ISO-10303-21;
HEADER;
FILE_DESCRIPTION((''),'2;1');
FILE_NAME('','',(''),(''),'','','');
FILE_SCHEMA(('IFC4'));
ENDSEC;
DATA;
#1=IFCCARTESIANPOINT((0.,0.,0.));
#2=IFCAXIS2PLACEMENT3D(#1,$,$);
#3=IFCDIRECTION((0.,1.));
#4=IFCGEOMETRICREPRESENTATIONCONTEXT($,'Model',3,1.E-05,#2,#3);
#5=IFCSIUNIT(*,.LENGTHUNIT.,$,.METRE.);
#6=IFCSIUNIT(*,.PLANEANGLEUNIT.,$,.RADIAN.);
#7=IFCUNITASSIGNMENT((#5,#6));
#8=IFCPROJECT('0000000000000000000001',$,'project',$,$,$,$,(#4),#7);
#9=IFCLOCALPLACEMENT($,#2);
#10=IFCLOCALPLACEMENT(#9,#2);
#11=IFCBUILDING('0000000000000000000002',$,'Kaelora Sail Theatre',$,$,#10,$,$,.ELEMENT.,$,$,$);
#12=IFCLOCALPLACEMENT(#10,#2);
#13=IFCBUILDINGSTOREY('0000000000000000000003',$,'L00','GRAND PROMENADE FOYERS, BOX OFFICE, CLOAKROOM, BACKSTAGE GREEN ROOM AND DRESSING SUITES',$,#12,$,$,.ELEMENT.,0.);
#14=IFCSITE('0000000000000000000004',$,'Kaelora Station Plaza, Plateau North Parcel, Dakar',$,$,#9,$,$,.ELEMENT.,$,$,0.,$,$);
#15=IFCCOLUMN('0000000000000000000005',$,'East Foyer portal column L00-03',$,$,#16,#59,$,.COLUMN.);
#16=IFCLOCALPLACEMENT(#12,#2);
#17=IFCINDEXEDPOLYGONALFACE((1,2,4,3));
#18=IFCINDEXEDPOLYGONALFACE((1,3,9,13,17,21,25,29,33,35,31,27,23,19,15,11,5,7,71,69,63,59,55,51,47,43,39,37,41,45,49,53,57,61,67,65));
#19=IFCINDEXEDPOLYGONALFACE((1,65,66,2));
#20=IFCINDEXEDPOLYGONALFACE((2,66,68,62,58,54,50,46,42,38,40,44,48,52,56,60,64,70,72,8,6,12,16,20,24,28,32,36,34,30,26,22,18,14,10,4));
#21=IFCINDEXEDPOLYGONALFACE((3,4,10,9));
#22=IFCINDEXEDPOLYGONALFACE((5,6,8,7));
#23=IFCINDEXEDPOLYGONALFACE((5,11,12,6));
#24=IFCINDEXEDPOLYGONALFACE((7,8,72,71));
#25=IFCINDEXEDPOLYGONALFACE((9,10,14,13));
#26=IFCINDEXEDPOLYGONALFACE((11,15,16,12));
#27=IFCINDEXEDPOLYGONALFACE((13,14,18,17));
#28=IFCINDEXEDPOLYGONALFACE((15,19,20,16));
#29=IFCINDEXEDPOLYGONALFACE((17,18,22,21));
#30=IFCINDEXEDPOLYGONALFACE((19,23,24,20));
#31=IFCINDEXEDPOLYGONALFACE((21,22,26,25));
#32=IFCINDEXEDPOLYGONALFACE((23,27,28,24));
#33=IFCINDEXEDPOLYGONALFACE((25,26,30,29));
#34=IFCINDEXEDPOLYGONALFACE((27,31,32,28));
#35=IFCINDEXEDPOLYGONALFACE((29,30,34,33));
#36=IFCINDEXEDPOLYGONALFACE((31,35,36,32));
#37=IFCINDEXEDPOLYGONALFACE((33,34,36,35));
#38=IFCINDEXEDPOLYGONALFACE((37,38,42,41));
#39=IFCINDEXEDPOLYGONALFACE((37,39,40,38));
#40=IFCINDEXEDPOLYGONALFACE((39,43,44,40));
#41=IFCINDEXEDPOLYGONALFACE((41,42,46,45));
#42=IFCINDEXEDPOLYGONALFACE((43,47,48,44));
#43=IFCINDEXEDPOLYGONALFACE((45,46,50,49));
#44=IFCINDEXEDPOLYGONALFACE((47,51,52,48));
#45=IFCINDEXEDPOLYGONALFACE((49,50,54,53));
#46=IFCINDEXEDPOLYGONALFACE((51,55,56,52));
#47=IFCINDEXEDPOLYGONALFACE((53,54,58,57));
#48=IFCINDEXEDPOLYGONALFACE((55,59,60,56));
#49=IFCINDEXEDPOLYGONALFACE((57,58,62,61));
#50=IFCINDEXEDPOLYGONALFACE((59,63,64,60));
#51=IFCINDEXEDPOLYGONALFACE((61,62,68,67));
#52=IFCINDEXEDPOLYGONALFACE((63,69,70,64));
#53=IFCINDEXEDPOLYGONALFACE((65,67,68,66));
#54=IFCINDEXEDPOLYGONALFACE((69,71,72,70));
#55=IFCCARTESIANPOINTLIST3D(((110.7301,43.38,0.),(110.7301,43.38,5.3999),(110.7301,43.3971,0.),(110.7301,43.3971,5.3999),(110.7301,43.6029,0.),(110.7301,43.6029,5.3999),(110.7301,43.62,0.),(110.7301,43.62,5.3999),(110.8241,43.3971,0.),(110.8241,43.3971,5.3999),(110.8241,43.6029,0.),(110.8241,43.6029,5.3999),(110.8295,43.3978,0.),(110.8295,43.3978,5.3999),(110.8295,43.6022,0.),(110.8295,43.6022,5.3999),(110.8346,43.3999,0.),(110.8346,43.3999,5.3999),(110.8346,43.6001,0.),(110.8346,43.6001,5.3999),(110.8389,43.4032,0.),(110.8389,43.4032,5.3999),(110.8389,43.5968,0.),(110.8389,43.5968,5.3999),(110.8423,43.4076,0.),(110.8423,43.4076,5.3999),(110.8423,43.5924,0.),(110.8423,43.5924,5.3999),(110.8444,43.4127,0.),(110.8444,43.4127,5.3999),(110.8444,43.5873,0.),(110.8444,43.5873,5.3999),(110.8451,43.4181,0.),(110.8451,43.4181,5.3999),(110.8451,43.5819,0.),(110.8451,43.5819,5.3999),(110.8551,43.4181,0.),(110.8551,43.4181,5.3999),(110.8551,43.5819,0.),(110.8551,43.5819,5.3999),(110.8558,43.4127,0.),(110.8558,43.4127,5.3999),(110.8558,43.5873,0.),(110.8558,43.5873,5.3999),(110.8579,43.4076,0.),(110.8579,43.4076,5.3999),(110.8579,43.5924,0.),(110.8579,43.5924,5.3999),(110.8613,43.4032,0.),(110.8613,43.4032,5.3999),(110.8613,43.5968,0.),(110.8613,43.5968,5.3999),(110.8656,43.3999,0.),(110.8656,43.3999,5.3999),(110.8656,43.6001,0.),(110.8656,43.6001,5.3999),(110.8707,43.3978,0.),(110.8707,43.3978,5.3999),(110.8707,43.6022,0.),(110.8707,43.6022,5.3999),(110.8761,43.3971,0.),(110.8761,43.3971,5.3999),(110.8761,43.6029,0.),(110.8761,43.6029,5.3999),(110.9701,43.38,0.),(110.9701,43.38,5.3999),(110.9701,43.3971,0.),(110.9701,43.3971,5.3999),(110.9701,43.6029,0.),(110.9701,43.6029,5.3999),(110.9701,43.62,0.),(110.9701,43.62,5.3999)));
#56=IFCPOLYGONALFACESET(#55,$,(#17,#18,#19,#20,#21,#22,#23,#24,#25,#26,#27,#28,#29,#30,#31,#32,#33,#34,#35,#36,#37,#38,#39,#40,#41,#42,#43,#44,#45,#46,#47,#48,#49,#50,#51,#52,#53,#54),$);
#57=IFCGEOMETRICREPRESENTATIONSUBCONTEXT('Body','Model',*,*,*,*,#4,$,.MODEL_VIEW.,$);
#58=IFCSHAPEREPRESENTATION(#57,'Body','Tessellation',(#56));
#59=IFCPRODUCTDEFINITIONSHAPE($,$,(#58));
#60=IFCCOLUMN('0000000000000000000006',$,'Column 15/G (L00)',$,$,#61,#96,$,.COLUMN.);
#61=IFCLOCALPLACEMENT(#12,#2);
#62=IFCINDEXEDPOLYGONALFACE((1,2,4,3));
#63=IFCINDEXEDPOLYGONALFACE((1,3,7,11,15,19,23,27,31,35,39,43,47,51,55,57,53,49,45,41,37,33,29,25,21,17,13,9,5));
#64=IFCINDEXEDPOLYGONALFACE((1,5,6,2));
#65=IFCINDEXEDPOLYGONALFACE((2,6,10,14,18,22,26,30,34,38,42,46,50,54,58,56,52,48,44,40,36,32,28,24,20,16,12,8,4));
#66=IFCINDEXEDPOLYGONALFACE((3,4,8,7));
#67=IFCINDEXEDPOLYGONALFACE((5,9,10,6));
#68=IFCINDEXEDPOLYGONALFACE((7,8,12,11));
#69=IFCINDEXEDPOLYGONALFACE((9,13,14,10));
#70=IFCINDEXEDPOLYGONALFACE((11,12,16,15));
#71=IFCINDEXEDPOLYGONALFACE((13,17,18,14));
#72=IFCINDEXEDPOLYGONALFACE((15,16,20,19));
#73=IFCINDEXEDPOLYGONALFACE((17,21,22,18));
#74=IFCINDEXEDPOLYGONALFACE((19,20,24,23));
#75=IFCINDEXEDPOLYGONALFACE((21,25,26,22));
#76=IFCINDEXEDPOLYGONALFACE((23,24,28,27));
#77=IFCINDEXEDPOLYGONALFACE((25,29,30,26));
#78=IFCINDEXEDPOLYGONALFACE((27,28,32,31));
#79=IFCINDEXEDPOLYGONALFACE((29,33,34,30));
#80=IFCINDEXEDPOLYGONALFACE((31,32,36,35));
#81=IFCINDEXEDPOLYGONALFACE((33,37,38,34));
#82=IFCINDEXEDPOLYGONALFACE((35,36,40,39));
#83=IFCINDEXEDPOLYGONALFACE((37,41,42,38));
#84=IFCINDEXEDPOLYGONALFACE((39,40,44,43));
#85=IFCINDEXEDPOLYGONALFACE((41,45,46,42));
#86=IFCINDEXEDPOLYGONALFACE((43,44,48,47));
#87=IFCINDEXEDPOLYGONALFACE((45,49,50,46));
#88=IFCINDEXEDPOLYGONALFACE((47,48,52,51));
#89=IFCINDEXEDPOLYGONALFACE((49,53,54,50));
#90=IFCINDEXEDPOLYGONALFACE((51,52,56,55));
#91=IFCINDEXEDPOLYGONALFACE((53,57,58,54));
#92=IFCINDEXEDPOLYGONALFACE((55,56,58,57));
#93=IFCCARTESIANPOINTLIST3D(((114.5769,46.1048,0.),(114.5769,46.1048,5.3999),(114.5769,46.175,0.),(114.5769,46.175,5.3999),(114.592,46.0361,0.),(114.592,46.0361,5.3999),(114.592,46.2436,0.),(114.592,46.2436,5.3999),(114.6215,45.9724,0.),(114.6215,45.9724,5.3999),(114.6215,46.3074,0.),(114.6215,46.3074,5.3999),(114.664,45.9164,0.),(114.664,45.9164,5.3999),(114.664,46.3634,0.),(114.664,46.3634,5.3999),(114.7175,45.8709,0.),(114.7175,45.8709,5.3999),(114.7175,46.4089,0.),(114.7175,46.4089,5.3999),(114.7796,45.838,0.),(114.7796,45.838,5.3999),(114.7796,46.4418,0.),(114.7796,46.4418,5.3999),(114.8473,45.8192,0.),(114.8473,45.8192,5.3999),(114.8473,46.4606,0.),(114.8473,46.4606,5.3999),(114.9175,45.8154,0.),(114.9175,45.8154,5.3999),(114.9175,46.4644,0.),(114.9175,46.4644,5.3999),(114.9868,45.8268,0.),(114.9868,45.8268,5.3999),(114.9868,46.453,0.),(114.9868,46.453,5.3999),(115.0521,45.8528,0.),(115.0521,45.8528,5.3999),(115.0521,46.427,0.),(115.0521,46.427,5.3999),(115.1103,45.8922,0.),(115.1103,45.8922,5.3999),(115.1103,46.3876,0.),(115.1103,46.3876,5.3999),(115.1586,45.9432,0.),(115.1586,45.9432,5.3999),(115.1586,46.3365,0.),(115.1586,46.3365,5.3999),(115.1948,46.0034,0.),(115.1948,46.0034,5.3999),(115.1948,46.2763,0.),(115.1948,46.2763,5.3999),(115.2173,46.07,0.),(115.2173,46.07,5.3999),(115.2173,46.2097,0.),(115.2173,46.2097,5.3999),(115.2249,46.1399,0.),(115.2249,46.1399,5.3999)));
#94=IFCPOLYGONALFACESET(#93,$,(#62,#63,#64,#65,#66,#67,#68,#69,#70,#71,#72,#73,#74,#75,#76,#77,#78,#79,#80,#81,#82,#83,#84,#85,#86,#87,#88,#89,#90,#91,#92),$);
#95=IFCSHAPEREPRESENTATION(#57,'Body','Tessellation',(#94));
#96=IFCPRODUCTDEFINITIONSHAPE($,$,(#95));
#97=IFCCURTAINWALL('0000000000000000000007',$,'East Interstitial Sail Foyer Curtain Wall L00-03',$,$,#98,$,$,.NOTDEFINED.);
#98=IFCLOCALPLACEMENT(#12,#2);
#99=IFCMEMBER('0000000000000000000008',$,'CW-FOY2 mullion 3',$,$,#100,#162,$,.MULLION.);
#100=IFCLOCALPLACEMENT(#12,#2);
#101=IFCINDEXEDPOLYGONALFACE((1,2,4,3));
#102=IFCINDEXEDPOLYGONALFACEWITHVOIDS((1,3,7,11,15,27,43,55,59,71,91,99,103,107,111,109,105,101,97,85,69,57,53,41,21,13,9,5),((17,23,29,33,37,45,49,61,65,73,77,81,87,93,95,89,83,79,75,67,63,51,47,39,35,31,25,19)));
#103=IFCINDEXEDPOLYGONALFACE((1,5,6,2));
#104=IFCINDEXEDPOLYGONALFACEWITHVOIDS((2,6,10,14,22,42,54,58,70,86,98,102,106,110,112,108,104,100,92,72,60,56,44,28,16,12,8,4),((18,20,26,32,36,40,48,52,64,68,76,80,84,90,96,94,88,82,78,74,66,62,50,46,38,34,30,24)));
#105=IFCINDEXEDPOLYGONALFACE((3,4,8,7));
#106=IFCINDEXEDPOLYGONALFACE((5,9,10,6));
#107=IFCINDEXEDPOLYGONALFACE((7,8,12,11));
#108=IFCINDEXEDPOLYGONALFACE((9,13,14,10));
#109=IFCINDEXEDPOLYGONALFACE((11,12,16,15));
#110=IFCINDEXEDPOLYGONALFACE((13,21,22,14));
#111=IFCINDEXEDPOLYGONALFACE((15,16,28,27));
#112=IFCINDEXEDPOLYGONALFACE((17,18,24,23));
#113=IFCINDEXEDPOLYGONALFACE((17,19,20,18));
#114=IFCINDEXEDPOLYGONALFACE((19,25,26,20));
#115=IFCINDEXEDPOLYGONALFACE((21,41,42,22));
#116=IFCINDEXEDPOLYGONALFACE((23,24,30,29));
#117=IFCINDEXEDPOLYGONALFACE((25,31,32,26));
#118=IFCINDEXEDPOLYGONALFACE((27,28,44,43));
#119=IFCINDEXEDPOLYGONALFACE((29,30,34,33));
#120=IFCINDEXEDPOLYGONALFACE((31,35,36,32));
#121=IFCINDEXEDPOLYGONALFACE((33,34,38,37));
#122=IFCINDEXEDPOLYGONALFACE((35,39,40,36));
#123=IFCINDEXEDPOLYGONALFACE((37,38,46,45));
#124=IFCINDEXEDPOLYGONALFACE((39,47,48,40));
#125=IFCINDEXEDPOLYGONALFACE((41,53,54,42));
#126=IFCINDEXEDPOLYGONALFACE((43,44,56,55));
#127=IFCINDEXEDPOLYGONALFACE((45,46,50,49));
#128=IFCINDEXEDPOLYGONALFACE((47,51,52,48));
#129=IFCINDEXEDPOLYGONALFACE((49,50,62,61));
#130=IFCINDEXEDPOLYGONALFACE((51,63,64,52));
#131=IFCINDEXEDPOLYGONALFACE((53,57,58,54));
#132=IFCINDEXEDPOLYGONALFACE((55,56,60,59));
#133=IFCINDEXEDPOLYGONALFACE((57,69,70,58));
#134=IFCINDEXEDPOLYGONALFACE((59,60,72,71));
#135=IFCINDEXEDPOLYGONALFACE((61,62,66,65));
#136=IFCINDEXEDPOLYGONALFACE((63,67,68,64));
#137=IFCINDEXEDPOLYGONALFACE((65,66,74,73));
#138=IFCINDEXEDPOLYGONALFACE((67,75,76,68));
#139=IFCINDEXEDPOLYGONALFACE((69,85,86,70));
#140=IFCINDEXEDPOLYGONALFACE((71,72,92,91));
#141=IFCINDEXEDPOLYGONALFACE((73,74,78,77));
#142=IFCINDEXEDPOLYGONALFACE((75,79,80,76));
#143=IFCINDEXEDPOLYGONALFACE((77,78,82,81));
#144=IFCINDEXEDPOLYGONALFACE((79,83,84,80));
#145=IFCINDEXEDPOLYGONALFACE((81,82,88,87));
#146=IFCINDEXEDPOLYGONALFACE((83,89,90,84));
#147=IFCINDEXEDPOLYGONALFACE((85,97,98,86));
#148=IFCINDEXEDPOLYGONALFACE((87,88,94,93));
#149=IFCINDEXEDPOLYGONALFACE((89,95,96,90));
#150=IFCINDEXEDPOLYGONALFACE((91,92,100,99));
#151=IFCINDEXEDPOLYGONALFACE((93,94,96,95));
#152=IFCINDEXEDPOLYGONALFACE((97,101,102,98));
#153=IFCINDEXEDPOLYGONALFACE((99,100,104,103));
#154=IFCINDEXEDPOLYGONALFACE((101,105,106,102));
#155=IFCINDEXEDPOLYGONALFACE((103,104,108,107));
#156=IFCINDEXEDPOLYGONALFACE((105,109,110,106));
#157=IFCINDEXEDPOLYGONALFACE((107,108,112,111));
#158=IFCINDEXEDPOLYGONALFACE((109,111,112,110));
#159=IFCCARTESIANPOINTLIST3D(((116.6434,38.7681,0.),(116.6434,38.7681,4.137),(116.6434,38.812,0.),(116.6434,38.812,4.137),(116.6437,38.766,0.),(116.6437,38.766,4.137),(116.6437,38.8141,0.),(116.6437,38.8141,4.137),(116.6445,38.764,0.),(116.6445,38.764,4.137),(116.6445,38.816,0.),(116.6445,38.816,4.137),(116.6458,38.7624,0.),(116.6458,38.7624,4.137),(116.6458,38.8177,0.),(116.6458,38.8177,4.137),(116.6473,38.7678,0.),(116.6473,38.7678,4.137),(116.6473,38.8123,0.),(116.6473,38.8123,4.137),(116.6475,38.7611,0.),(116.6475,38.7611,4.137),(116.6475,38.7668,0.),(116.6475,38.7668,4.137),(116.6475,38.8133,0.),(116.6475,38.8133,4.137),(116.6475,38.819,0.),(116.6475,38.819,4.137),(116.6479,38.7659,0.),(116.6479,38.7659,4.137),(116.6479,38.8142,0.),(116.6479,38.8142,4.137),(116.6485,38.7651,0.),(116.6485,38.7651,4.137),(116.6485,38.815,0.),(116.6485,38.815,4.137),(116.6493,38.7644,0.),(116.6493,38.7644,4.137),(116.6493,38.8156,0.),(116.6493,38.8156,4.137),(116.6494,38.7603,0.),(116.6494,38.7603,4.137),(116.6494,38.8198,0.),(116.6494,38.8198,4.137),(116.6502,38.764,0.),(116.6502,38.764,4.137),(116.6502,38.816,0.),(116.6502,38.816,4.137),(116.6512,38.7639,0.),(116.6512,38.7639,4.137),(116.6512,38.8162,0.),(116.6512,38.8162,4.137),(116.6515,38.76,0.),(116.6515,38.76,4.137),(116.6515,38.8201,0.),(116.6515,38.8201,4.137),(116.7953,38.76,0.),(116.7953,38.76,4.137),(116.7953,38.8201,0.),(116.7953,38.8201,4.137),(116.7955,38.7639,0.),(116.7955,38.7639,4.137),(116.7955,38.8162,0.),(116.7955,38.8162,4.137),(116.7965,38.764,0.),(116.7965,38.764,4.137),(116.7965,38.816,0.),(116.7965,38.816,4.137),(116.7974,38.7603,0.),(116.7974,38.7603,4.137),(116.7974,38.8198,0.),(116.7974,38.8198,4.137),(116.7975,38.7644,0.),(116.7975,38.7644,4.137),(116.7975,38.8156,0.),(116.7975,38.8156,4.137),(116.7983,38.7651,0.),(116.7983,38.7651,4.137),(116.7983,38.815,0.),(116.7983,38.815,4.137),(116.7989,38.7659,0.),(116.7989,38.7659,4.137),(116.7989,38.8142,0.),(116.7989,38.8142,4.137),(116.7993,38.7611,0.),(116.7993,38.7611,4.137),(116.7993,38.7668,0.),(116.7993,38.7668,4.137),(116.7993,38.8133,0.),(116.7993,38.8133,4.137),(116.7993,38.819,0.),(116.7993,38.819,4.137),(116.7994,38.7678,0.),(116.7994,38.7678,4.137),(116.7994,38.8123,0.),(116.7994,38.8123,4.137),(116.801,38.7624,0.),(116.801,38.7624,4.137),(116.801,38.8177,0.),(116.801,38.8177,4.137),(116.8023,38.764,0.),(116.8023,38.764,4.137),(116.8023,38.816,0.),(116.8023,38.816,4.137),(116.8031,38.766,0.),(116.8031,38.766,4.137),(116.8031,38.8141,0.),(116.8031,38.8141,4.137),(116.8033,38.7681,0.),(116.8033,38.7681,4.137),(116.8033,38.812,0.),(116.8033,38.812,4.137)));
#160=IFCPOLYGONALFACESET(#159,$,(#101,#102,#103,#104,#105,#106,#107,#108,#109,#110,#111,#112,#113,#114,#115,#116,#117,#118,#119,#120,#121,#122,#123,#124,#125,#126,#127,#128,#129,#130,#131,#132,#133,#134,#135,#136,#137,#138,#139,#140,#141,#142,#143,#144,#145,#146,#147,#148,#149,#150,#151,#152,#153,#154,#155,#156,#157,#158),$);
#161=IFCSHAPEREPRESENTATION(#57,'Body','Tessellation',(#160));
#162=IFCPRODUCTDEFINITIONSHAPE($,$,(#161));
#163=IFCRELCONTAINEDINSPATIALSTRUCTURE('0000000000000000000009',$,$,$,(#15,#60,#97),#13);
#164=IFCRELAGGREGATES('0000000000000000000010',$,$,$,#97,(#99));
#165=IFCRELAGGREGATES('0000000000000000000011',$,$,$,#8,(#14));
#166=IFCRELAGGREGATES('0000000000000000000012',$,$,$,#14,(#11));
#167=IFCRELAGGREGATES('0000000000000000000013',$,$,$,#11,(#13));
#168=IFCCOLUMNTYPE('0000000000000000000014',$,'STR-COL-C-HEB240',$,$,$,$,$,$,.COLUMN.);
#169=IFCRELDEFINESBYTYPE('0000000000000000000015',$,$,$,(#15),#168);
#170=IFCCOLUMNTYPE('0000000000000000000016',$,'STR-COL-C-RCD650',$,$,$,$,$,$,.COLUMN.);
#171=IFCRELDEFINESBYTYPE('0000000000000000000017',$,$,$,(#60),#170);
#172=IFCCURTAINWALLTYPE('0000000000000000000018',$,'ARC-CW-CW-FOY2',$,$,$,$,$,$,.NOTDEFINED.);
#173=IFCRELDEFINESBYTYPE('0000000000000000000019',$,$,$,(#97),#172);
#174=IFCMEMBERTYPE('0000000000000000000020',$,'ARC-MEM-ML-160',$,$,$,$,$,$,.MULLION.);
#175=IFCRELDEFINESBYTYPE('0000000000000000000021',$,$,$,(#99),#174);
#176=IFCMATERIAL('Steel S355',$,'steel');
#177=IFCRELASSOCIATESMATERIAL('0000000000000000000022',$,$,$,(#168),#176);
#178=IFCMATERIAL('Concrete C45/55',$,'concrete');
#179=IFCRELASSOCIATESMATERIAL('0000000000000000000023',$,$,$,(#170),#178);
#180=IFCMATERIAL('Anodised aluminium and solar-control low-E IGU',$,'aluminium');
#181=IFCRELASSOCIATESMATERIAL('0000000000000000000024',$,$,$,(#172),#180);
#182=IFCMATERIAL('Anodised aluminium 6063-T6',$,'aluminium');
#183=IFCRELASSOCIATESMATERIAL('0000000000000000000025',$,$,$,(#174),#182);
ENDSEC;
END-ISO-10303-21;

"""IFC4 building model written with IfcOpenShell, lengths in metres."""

from ifc_helpers import new_model, si_unit, direction, frame, origin, origin_2d, place, context, subcontext, project, spatial, hollow_rectangle, circle, i_section, extrude, material, material_profile, profile_set, type_object, element, aggregate, save


model = new_model("IFC4")

# Units and contexts
model_context = context("Model", 3, precision=1e-05, world=origin(), true_north=direction((0.0, 1.0)))
body_context = subcontext(model_context, "Body", "Model", "MODEL_VIEW")
ifc_project = project(units=[si_unit("LENGTHUNIT", "METRE"), si_unit("PLANEANGLEUNIT", "RADIAN")], contexts=[model_context])

# Site, building, storey
site_placement = place(None, origin())
site = spatial("IfcSite", under=ifc_project, at=site_placement, Name="Kaelora Station Plaza, Plateau North Parcel, Dakar", CompositionType="ELEMENT", RefElevation=0.0)
building_placement = place(site_placement, origin())
building = spatial("IfcBuilding", under=site, at=building_placement, Name="Kaelora Sail Theatre", CompositionType="ELEMENT")
storey_placement = place(building_placement, origin())
storey = spatial("IfcBuildingStorey", under=building, at=storey_placement, Name="L00", Description="GRAND PROMENADE FOYERS, BOX OFFICE, CLOAKROOM, BACKSTAGE GREEN ROOM AND DRESSING SUITES", CompositionType="ELEMENT", Elevation=0.0)

# Columns
ifc_material_1 = material(Name="Steel S355", Category="steel")
ifc_material_profile_1 = material_profile(ifc_material_1, i_section(OverallWidth=0.24, OverallDepth=0.24, WebThickness=0.01, FlangeThickness=0.0171, FilletRadius=0.021, at=origin_2d()), Name="HEB 240")
ifc_profile_set_1 = profile_set([ifc_material_profile_1], Name="Steel S355")
column_type_1 = type_object("IfcColumnType", Name="STR-COL-C-HEB240", PredefinedType="COLUMN", material=ifc_profile_set_1)
column_1_placement = place(storey_placement, frame((110.8501, 43.5, 0.0), z_axis=(0.0, 0.0, 1.0), x_axis=(1.0, 0.0, 0.0)))
element("IfcColumn", 1, at=column_1_placement, inside=storey, type_object=column_type_1, Name="East Foyer portal column L00-03", PredefinedType="COLUMN", context=body_context, shape_type="SweptSolid", body=[
    extrude(i_section(OverallWidth=0.24, OverallDepth=0.24, WebThickness=0.01, FlangeThickness=0.0171, FilletRadius=0.021, at=origin_2d()), origin(), (0.0, 0.0, 1.0), 5.3999),
])
ifc_material_2 = material(Name="Concrete C45/55", Category="concrete")
ifc_material_profile_2 = material_profile(ifc_material_2, circle(Radius=0.325, at=origin_2d()), Name="RC-CCOL D650")
ifc_profile_set_2 = profile_set([ifc_material_profile_2], Name="Concrete C45/55")
column_type_2 = type_object("IfcColumnType", Name="STR-COL-C-RCD650", PredefinedType="COLUMN", material=ifc_profile_set_2)
column_2_placement = place(storey_placement, frame((114.8999, 46.1399, 0.0), z_axis=(0.0, 0.0, 1.0), x_axis=(1.0, 0.0, 0.0)))
element("IfcColumn", 2, at=column_2_placement, inside=storey, type_object=column_type_2, Name="Column 15/G (L00)", PredefinedType="COLUMN", context=body_context, shape_type="SweptSolid", body=[
    extrude(circle(Radius=0.325, at=origin_2d()), origin(), (0.0, 0.0, 1.0), 5.3999),
])

# Curtain wall, member
ifc_material_3 = material(Name="Anodised aluminium and solar-control low-E IGU", Category="aluminium")
curtain_wall_type = type_object("IfcCurtainWallType", Name="ARC-CW-CW-FOY2", PredefinedType="NOTDEFINED", material=ifc_material_3)
curtain_wall_placement = place(storey_placement, origin())
curtain_wall = element("IfcCurtainWall", 3, at=curtain_wall_placement, inside=storey, type_object=curtain_wall_type, Name="East Interstitial Sail Foyer Curtain Wall L00-03", PredefinedType="NOTDEFINED")
ifc_material_4 = material(Name="Anodised aluminium 6063-T6", Category="aluminium")
ifc_material_profile_3 = material_profile(ifc_material_4, hollow_rectangle(XDim=0.0601, YDim=0.1599, WallThickness=0.0039, InnerFilletRadius=0.0039, OuterFilletRadius=0.0081, at=origin_2d()), Name="ALU-MULL 60x160x4")
ifc_profile_set_3 = profile_set([ifc_material_profile_3], Name="Anodised aluminium 6063-T6")
member_type_1 = type_object("IfcMemberType", Name="ARC-MEM-ML-160", PredefinedType="MULLION", material=ifc_profile_set_3)
member_1_placement = place(storey_placement, frame((116.7234, 38.79, 0.0), z_axis=(0.0, 0.0, 1.0), x_axis=(0.0, 1.0, 0.0)))
member_1 = element("IfcMember", 4, at=member_1_placement, type_object=member_type_1, Name="CW-FOY2 mullion 3", PredefinedType="MULLION", context=body_context, shape_type="SweptSolid", body=[
    extrude(hollow_rectangle(XDim=0.0601, YDim=0.1599, WallThickness=0.0039, InnerFilletRadius=0.0039, OuterFilletRadius=0.0081, at=origin_2d()), origin(), (0.0, 0.0, 1.0), 4.137),
])

aggregate(curtain_wall, [member_1])

save(model, "model.ifc")
